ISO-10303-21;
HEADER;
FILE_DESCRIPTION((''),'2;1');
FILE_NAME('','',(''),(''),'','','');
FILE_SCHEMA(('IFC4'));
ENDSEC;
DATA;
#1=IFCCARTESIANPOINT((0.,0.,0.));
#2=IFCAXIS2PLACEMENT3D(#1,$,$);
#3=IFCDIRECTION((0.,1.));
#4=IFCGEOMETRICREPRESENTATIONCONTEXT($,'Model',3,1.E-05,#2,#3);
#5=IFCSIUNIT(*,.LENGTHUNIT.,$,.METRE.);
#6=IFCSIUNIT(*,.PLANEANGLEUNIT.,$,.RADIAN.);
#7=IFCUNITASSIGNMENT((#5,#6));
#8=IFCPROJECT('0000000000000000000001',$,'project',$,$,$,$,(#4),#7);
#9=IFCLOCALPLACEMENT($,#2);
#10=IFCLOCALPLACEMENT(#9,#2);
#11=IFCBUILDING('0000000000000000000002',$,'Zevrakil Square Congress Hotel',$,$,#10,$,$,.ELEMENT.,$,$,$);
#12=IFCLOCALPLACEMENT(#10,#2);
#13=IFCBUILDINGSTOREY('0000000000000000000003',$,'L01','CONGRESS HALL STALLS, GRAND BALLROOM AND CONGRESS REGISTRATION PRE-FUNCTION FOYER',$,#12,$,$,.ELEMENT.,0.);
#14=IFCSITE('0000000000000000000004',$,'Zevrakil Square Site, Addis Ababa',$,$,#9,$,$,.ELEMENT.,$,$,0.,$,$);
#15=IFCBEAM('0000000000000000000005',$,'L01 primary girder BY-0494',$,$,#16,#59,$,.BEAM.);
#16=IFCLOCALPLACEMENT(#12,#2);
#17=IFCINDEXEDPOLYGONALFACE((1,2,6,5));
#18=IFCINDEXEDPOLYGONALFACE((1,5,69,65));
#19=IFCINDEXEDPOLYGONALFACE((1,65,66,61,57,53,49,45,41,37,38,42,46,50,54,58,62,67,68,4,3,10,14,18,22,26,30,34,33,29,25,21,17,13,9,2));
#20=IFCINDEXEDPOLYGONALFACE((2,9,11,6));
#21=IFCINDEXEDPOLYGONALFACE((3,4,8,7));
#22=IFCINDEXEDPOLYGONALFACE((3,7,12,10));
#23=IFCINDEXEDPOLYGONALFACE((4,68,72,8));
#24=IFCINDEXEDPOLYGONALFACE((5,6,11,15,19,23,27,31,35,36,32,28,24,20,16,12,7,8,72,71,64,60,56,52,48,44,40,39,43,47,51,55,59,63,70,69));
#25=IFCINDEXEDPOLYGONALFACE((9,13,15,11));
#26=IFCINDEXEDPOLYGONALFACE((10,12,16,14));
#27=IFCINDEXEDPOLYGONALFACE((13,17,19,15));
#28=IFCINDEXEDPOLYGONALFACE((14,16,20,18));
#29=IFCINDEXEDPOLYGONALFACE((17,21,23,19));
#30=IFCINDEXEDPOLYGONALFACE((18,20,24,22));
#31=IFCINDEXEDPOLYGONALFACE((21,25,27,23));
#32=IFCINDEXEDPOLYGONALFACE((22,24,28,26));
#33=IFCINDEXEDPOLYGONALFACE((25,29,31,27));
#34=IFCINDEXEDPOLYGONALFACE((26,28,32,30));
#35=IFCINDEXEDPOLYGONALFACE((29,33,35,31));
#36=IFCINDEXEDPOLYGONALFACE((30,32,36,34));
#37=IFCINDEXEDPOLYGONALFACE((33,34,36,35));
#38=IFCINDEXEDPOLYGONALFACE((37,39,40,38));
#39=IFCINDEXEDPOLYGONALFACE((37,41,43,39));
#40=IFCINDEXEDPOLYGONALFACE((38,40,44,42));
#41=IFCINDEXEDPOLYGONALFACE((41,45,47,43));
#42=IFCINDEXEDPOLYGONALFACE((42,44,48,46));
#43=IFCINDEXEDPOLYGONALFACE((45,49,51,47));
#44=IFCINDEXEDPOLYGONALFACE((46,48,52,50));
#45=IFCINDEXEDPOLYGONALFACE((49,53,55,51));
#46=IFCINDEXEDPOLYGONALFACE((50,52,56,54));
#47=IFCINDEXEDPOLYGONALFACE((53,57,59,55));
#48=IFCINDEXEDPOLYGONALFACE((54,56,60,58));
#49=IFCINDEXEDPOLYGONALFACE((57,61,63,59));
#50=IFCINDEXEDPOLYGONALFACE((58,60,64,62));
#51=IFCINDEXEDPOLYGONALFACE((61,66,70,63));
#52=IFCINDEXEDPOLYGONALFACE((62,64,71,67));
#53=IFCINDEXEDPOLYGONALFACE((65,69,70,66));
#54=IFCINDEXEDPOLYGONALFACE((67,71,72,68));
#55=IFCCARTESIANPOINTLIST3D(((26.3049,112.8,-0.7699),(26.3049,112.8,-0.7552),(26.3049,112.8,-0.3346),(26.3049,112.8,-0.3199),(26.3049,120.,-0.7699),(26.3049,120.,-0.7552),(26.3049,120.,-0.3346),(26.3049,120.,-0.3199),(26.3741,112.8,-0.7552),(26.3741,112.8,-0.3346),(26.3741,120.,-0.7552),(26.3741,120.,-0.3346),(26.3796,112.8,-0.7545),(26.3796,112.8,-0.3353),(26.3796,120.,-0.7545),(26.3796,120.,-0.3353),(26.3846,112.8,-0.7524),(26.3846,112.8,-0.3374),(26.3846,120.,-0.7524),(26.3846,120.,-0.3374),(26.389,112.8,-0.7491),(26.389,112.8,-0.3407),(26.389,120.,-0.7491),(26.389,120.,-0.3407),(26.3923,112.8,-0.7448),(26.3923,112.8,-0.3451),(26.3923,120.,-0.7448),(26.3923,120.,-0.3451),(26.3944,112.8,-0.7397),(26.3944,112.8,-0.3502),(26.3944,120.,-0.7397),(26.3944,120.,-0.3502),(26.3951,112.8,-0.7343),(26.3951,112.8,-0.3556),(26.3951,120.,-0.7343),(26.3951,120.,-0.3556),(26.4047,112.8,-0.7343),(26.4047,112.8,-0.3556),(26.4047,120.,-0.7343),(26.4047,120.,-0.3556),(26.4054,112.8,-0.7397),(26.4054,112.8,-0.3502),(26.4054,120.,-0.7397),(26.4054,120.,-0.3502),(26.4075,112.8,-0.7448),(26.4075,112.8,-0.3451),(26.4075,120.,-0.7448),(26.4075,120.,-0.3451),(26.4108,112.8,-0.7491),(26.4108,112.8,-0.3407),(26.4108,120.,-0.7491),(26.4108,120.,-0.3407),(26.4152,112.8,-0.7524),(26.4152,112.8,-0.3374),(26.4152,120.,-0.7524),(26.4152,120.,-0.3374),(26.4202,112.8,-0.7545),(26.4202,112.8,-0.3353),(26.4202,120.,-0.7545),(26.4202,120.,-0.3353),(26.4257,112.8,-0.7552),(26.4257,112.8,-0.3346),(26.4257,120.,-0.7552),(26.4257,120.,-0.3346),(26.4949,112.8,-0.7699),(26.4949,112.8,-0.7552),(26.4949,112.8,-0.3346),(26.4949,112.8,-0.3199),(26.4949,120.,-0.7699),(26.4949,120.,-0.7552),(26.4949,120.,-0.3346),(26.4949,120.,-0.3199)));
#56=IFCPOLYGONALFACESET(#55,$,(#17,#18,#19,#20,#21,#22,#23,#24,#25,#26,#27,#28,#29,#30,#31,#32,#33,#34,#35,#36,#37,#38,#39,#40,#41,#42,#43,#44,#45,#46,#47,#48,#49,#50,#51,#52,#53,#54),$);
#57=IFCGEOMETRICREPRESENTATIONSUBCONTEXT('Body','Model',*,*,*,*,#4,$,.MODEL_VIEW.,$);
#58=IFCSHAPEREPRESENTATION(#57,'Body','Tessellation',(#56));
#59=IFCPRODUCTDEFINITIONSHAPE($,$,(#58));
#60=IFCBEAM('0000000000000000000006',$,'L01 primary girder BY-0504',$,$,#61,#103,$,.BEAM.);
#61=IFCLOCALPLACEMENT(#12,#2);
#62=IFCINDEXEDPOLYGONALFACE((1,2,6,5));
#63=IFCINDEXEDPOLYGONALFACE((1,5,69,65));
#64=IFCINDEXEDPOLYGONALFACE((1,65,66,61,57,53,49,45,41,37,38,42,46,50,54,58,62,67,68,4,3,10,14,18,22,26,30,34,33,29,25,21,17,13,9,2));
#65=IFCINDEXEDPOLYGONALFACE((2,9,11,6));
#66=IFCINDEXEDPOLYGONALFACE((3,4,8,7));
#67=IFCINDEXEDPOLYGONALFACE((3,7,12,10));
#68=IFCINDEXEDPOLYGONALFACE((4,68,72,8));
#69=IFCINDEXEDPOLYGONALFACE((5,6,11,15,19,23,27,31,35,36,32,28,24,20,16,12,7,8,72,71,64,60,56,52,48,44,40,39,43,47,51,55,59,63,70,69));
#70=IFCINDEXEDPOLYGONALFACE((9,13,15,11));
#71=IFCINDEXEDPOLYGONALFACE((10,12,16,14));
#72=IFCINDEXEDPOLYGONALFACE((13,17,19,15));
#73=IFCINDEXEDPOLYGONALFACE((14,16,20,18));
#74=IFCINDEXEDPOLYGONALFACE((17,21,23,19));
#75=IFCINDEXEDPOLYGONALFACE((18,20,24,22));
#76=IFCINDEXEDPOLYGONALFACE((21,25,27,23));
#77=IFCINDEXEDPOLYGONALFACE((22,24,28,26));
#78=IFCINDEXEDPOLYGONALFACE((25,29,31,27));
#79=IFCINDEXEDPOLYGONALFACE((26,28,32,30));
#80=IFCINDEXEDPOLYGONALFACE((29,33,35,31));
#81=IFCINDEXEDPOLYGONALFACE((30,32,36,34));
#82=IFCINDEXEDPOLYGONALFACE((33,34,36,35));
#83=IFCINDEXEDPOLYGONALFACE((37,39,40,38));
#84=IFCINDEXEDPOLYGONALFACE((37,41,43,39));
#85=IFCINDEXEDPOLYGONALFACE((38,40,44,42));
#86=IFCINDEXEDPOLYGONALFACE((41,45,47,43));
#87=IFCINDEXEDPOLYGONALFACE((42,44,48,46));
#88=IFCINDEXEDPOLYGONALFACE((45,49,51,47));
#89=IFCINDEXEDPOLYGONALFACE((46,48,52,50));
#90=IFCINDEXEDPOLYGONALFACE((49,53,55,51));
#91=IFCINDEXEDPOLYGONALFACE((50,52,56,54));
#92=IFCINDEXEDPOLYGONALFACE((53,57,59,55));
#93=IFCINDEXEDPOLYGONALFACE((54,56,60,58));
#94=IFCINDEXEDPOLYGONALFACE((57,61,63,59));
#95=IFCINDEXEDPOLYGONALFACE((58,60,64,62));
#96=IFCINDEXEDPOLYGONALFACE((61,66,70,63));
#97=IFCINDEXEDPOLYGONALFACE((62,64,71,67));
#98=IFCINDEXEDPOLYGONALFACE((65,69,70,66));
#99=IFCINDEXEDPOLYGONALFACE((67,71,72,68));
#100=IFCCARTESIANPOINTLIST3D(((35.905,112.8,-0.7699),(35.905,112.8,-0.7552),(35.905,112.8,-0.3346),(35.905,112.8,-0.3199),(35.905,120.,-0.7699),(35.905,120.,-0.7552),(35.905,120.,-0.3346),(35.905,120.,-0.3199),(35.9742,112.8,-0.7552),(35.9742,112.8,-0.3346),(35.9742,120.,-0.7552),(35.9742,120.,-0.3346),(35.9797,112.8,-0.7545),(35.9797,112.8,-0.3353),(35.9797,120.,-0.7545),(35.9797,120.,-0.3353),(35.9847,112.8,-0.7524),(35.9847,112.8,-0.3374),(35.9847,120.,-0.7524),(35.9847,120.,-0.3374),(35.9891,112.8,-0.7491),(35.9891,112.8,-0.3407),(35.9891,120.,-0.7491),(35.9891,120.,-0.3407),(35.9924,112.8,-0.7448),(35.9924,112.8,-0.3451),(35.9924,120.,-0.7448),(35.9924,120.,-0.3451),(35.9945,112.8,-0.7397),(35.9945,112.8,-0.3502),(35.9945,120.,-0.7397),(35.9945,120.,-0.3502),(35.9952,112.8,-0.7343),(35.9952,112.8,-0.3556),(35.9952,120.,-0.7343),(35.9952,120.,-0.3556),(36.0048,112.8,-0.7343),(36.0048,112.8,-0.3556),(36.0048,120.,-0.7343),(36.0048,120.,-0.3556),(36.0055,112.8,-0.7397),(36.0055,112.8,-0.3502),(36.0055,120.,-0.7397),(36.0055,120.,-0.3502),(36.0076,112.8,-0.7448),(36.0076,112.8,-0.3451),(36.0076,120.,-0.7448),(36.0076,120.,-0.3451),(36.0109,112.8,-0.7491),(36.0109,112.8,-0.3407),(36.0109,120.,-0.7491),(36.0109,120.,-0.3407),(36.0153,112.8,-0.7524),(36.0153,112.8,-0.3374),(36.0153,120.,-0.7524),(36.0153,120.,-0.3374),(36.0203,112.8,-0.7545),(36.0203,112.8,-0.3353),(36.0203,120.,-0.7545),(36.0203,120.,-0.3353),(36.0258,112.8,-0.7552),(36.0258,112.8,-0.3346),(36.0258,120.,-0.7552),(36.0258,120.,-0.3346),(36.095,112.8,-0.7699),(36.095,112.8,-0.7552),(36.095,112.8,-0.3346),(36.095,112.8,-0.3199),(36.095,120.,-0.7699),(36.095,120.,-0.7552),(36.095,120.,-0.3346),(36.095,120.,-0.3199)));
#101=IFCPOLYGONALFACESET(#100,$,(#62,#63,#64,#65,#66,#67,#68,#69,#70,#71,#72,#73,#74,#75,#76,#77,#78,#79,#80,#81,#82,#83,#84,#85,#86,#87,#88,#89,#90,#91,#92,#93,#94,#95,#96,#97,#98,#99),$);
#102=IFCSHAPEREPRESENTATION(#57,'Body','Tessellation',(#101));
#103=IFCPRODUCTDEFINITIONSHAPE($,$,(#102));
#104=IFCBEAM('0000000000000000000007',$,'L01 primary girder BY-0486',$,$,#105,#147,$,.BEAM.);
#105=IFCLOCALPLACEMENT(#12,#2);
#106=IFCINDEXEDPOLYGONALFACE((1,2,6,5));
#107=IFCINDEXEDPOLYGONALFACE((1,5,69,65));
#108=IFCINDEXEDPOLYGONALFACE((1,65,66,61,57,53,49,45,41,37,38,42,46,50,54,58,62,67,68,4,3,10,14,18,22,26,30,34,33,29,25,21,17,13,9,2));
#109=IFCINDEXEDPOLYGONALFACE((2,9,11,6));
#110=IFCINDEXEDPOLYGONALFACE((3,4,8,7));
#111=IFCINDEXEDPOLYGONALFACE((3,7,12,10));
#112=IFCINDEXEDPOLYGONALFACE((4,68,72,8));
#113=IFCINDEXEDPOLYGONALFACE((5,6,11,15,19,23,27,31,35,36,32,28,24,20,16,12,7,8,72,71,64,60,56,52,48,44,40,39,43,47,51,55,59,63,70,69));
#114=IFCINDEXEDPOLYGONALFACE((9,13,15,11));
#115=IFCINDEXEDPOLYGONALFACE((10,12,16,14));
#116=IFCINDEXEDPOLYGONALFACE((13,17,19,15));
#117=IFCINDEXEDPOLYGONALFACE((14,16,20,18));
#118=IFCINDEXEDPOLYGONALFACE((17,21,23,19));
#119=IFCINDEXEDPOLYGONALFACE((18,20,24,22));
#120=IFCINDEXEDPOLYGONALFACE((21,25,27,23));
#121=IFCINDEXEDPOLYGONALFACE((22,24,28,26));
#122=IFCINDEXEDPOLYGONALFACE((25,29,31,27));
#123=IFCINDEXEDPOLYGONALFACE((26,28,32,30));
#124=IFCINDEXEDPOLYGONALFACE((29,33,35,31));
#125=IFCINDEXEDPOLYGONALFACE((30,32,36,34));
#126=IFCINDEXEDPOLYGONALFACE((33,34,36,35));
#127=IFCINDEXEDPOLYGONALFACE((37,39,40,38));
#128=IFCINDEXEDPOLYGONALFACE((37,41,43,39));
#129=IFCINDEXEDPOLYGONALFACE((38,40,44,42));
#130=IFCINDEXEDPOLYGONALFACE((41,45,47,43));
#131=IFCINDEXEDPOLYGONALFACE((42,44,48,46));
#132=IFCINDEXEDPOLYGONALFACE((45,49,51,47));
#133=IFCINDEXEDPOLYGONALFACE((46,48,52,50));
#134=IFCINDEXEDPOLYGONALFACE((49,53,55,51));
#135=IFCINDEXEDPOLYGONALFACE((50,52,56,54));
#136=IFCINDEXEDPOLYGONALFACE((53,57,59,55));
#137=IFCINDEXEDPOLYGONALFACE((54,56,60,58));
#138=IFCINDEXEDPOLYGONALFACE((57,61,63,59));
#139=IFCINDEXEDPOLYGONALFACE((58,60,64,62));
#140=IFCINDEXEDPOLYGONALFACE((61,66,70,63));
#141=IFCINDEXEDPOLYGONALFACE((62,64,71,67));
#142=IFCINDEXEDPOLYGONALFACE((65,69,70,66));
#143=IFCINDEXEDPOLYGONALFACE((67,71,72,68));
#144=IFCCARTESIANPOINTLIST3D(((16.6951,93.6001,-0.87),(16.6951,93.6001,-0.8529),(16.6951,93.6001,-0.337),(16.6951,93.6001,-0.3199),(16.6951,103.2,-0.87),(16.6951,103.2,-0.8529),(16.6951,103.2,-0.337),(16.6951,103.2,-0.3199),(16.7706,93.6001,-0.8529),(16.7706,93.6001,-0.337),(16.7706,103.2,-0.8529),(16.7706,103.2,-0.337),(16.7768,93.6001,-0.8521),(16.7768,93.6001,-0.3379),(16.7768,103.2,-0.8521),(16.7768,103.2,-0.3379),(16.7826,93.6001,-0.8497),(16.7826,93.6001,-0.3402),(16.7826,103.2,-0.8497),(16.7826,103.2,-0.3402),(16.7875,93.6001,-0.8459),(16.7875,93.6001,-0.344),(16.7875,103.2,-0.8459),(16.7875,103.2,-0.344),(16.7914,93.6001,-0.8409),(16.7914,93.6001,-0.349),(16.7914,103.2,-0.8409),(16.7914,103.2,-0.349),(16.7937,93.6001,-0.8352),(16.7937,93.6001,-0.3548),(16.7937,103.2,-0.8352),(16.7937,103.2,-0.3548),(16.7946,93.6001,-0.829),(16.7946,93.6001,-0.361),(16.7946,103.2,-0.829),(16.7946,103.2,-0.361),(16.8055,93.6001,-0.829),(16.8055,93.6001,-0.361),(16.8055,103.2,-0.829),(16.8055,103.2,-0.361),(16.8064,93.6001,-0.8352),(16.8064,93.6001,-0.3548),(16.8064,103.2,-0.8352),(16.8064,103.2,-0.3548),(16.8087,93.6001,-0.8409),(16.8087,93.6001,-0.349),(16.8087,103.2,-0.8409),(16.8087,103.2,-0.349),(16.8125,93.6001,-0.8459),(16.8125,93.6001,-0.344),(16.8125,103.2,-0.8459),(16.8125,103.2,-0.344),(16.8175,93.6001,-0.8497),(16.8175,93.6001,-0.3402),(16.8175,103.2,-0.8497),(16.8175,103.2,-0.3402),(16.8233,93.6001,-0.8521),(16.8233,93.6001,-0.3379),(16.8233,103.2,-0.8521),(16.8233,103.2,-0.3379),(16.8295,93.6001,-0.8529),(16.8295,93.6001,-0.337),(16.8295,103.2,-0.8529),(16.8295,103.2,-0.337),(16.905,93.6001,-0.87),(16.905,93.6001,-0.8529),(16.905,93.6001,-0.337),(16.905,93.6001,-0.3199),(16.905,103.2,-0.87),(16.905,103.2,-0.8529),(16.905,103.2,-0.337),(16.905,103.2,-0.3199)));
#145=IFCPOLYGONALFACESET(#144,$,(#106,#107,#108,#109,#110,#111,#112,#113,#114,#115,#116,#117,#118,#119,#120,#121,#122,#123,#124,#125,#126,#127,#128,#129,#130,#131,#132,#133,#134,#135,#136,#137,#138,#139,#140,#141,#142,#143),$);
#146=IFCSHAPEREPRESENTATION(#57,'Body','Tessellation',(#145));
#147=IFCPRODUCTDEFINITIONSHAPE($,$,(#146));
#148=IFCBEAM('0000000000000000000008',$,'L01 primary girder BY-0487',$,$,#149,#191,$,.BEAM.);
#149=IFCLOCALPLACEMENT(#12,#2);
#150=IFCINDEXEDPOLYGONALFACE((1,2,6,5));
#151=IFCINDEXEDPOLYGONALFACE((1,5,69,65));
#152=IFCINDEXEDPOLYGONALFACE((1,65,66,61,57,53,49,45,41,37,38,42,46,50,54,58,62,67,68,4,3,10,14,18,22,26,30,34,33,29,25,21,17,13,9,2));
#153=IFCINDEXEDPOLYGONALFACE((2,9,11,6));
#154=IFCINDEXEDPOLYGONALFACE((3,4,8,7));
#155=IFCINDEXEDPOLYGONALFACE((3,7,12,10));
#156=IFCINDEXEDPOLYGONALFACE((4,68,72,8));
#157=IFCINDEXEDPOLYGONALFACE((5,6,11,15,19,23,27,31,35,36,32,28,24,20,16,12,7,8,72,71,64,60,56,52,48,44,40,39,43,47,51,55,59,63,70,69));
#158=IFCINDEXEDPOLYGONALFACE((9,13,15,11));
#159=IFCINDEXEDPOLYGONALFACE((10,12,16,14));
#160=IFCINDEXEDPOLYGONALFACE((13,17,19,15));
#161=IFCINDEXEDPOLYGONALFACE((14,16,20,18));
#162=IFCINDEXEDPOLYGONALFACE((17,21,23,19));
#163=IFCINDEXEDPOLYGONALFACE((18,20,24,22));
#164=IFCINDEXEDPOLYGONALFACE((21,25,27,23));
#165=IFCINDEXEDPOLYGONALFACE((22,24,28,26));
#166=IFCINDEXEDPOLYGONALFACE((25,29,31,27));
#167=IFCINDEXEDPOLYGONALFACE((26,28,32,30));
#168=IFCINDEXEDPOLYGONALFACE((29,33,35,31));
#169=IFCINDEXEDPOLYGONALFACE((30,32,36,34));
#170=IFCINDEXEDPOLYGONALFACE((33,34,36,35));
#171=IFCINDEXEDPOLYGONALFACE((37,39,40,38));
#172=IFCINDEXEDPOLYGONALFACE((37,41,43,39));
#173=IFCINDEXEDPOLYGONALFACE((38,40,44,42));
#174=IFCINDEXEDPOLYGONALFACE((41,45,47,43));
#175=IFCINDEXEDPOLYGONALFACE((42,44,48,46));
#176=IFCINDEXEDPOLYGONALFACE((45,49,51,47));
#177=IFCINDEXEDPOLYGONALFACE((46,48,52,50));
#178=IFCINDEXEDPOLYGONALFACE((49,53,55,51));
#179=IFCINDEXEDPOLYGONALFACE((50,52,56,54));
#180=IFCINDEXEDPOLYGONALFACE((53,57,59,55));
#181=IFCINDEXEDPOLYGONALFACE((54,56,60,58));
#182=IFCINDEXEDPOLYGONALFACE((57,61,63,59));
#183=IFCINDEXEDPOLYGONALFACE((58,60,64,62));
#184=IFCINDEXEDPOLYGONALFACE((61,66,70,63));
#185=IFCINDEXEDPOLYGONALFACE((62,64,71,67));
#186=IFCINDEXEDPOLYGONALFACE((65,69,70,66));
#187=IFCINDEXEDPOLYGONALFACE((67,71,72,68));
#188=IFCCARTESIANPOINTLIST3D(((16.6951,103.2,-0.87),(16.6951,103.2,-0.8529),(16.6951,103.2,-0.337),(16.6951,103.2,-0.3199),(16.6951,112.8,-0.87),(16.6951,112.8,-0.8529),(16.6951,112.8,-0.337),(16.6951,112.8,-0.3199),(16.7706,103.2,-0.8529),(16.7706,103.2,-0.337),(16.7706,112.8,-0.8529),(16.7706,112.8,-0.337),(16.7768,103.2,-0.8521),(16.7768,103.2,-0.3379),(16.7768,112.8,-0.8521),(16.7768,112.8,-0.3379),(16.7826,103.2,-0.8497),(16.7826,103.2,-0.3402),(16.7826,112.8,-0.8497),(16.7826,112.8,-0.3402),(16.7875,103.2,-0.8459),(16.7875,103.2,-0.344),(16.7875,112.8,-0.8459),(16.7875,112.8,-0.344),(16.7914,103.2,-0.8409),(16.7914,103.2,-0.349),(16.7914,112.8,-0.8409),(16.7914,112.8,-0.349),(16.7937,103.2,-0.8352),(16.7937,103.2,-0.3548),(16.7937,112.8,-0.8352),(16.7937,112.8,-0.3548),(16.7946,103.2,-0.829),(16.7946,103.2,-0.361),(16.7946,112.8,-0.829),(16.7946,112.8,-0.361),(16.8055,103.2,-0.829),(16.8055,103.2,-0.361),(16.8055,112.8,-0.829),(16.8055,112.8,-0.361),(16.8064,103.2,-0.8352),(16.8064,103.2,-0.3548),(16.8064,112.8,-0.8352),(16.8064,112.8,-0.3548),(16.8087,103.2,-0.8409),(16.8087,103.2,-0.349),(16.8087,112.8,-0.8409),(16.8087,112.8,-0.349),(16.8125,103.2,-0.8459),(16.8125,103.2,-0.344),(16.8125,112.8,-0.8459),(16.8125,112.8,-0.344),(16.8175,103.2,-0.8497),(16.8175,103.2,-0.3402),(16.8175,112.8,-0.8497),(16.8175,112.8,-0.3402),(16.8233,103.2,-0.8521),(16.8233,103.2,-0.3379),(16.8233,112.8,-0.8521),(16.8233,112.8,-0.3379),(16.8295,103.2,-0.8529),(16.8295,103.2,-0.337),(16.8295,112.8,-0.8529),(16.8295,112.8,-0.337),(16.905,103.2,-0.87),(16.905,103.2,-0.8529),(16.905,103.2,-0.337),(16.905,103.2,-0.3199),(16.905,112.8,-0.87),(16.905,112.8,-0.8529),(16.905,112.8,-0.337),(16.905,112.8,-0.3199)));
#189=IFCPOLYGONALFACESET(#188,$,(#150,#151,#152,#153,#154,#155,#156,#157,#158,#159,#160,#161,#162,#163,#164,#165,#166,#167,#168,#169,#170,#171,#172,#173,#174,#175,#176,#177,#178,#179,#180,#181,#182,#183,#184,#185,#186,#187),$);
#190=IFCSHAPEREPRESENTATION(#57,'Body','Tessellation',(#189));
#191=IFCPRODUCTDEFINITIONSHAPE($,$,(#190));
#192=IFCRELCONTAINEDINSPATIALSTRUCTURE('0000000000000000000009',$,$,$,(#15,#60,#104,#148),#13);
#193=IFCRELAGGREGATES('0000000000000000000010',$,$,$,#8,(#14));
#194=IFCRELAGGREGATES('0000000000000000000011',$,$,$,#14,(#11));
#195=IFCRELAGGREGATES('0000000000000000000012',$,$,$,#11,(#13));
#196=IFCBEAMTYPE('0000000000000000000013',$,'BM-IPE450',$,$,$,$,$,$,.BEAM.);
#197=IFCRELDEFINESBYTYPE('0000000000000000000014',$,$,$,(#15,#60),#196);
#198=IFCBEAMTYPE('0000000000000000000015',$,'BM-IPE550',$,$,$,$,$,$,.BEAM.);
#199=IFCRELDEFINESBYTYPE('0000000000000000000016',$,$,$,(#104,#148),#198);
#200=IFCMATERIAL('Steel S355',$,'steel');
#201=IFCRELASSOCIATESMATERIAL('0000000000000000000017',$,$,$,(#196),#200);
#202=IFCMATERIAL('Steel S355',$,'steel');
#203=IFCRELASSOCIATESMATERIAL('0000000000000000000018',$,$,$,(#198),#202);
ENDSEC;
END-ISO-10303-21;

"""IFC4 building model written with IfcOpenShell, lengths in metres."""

from ifc_helpers import new_model, si_unit, direction, frame, origin, origin_2d, place, context, subcontext, project, spatial, i_section, extrude, material, material_profile, profile_set, type_object, element, save


model = new_model("IFC4")

# Units and contexts
model_context = context("Model", 3, precision=1e-05, world=origin(), true_north=direction((0.0, 1.0)))
body_context = subcontext(model_context, "Body", "Model", "MODEL_VIEW")
ifc_project = project(units=[si_unit("LENGTHUNIT", "METRE"), si_unit("PLANEANGLEUNIT", "RADIAN")], contexts=[model_context])

# Site, building, storey
site_placement = place(None, origin())
site = spatial("IfcSite", under=ifc_project, at=site_placement, Name="Zevrakil Square Site, Addis Ababa", CompositionType="ELEMENT", RefElevation=0.0)
building_placement = place(site_placement, origin())
building = spatial("IfcBuilding", under=site, at=building_placement, Name="Zevrakil Square Congress Hotel", CompositionType="ELEMENT")
storey_placement = place(building_placement, origin())
storey = spatial("IfcBuildingStorey", under=building, at=storey_placement, Name="L01", Description="CONGRESS HALL STALLS, GRAND BALLROOM AND CONGRESS REGISTRATION PRE-FUNCTION FOYER", CompositionType="ELEMENT", Elevation=0.0)

# Beams
ifc_material_1 = material(Name="Steel S355", Category="steel")
ifc_material_profile_1 = material_profile(ifc_material_1, i_section(OverallWidth=0.1899, OverallDepth=0.45, WebThickness=0.0095, FlangeThickness=0.0146, FilletRadius=0.021, at=origin_2d()), Name="IPE 450")
ifc_profile_set_1 = profile_set([ifc_material_profile_1], Name="Steel S355")
beam_type_1 = type_object("IfcBeamType", Name="BM-IPE450", PredefinedType="BEAM", material=ifc_profile_set_1)
for number, where, z_axis, x_axis, name in (
    (1, (26.3999, 112.8, -0.5449), (0.0, 1.0, 0.0), (-1.0, 0.0, 0.0), "L01 primary girder BY-0494"),
    (2, (36.0, 112.8, -0.5449), (0.0, 1.0, 0.0), (-1.0, 0.0, 0.0), "L01 primary girder BY-0504"),
):
    element("IfcBeam", number, at=place(storey_placement, frame(where, z_axis=z_axis, x_axis=x_axis)), inside=storey, type_object=beam_type_1, Name=name, PredefinedType="BEAM", context=body_context, shape_type="SweptSolid", body=[
        extrude(i_section(OverallWidth=0.1899, OverallDepth=0.45, WebThickness=0.0095, FlangeThickness=0.0146, FilletRadius=0.021, at=origin_2d()), origin(), (0.0, 0.0, 1.0), 7.2),
    ])
ifc_material_2 = material(Name="Steel S355", Category="steel")
ifc_material_profile_2 = material_profile(ifc_material_2, i_section(OverallWidth=0.21, OverallDepth=0.55, WebThickness=0.011, FlangeThickness=0.0171, FilletRadius=0.0239, at=origin_2d()), Name="IPE 550")
ifc_profile_set_2 = profile_set([ifc_material_profile_2], Name="Steel S355")
beam_type_2 = type_object("IfcBeamType", Name="BM-IPE550", PredefinedType="BEAM", material=ifc_profile_set_2)
beam_1_placement = place(storey_placement, frame((16.8, 93.6001, -0.595), z_axis=(0.0, 1.0, 0.0), x_axis=(-1.0, 0.0, 0.0)))
element("IfcBeam", 3, at=beam_1_placement, inside=storey, type_object=beam_type_2, Name="L01 primary girder BY-0486", PredefinedType="BEAM", context=body_context, shape_type="SweptSolid", body=[
    extrude(i_section(OverallWidth=0.21, OverallDepth=0.55, WebThickness=0.011, FlangeThickness=0.0171, FilletRadius=0.0239, at=origin_2d()), origin(), (0.0, 0.0, 1.0), 9.5999),
])
beam_2_placement = place(storey_placement, frame((16.8, 103.2, -0.595), z_axis=(0.0, 1.0, 0.0), x_axis=(-1.0, 0.0, 0.0)))
element("IfcBeam", 4, at=beam_2_placement, inside=storey, type_object=beam_type_2, Name="L01 primary girder BY-0487", PredefinedType="BEAM", context=body_context, shape_type="SweptSolid", body=[
    extrude(i_section(OverallWidth=0.21, OverallDepth=0.55, WebThickness=0.011, FlangeThickness=0.0171, FilletRadius=0.0239, at=origin_2d()), origin(), (0.0, 0.0, 1.0), 9.6001),
])

save(model, "model.ifc")
